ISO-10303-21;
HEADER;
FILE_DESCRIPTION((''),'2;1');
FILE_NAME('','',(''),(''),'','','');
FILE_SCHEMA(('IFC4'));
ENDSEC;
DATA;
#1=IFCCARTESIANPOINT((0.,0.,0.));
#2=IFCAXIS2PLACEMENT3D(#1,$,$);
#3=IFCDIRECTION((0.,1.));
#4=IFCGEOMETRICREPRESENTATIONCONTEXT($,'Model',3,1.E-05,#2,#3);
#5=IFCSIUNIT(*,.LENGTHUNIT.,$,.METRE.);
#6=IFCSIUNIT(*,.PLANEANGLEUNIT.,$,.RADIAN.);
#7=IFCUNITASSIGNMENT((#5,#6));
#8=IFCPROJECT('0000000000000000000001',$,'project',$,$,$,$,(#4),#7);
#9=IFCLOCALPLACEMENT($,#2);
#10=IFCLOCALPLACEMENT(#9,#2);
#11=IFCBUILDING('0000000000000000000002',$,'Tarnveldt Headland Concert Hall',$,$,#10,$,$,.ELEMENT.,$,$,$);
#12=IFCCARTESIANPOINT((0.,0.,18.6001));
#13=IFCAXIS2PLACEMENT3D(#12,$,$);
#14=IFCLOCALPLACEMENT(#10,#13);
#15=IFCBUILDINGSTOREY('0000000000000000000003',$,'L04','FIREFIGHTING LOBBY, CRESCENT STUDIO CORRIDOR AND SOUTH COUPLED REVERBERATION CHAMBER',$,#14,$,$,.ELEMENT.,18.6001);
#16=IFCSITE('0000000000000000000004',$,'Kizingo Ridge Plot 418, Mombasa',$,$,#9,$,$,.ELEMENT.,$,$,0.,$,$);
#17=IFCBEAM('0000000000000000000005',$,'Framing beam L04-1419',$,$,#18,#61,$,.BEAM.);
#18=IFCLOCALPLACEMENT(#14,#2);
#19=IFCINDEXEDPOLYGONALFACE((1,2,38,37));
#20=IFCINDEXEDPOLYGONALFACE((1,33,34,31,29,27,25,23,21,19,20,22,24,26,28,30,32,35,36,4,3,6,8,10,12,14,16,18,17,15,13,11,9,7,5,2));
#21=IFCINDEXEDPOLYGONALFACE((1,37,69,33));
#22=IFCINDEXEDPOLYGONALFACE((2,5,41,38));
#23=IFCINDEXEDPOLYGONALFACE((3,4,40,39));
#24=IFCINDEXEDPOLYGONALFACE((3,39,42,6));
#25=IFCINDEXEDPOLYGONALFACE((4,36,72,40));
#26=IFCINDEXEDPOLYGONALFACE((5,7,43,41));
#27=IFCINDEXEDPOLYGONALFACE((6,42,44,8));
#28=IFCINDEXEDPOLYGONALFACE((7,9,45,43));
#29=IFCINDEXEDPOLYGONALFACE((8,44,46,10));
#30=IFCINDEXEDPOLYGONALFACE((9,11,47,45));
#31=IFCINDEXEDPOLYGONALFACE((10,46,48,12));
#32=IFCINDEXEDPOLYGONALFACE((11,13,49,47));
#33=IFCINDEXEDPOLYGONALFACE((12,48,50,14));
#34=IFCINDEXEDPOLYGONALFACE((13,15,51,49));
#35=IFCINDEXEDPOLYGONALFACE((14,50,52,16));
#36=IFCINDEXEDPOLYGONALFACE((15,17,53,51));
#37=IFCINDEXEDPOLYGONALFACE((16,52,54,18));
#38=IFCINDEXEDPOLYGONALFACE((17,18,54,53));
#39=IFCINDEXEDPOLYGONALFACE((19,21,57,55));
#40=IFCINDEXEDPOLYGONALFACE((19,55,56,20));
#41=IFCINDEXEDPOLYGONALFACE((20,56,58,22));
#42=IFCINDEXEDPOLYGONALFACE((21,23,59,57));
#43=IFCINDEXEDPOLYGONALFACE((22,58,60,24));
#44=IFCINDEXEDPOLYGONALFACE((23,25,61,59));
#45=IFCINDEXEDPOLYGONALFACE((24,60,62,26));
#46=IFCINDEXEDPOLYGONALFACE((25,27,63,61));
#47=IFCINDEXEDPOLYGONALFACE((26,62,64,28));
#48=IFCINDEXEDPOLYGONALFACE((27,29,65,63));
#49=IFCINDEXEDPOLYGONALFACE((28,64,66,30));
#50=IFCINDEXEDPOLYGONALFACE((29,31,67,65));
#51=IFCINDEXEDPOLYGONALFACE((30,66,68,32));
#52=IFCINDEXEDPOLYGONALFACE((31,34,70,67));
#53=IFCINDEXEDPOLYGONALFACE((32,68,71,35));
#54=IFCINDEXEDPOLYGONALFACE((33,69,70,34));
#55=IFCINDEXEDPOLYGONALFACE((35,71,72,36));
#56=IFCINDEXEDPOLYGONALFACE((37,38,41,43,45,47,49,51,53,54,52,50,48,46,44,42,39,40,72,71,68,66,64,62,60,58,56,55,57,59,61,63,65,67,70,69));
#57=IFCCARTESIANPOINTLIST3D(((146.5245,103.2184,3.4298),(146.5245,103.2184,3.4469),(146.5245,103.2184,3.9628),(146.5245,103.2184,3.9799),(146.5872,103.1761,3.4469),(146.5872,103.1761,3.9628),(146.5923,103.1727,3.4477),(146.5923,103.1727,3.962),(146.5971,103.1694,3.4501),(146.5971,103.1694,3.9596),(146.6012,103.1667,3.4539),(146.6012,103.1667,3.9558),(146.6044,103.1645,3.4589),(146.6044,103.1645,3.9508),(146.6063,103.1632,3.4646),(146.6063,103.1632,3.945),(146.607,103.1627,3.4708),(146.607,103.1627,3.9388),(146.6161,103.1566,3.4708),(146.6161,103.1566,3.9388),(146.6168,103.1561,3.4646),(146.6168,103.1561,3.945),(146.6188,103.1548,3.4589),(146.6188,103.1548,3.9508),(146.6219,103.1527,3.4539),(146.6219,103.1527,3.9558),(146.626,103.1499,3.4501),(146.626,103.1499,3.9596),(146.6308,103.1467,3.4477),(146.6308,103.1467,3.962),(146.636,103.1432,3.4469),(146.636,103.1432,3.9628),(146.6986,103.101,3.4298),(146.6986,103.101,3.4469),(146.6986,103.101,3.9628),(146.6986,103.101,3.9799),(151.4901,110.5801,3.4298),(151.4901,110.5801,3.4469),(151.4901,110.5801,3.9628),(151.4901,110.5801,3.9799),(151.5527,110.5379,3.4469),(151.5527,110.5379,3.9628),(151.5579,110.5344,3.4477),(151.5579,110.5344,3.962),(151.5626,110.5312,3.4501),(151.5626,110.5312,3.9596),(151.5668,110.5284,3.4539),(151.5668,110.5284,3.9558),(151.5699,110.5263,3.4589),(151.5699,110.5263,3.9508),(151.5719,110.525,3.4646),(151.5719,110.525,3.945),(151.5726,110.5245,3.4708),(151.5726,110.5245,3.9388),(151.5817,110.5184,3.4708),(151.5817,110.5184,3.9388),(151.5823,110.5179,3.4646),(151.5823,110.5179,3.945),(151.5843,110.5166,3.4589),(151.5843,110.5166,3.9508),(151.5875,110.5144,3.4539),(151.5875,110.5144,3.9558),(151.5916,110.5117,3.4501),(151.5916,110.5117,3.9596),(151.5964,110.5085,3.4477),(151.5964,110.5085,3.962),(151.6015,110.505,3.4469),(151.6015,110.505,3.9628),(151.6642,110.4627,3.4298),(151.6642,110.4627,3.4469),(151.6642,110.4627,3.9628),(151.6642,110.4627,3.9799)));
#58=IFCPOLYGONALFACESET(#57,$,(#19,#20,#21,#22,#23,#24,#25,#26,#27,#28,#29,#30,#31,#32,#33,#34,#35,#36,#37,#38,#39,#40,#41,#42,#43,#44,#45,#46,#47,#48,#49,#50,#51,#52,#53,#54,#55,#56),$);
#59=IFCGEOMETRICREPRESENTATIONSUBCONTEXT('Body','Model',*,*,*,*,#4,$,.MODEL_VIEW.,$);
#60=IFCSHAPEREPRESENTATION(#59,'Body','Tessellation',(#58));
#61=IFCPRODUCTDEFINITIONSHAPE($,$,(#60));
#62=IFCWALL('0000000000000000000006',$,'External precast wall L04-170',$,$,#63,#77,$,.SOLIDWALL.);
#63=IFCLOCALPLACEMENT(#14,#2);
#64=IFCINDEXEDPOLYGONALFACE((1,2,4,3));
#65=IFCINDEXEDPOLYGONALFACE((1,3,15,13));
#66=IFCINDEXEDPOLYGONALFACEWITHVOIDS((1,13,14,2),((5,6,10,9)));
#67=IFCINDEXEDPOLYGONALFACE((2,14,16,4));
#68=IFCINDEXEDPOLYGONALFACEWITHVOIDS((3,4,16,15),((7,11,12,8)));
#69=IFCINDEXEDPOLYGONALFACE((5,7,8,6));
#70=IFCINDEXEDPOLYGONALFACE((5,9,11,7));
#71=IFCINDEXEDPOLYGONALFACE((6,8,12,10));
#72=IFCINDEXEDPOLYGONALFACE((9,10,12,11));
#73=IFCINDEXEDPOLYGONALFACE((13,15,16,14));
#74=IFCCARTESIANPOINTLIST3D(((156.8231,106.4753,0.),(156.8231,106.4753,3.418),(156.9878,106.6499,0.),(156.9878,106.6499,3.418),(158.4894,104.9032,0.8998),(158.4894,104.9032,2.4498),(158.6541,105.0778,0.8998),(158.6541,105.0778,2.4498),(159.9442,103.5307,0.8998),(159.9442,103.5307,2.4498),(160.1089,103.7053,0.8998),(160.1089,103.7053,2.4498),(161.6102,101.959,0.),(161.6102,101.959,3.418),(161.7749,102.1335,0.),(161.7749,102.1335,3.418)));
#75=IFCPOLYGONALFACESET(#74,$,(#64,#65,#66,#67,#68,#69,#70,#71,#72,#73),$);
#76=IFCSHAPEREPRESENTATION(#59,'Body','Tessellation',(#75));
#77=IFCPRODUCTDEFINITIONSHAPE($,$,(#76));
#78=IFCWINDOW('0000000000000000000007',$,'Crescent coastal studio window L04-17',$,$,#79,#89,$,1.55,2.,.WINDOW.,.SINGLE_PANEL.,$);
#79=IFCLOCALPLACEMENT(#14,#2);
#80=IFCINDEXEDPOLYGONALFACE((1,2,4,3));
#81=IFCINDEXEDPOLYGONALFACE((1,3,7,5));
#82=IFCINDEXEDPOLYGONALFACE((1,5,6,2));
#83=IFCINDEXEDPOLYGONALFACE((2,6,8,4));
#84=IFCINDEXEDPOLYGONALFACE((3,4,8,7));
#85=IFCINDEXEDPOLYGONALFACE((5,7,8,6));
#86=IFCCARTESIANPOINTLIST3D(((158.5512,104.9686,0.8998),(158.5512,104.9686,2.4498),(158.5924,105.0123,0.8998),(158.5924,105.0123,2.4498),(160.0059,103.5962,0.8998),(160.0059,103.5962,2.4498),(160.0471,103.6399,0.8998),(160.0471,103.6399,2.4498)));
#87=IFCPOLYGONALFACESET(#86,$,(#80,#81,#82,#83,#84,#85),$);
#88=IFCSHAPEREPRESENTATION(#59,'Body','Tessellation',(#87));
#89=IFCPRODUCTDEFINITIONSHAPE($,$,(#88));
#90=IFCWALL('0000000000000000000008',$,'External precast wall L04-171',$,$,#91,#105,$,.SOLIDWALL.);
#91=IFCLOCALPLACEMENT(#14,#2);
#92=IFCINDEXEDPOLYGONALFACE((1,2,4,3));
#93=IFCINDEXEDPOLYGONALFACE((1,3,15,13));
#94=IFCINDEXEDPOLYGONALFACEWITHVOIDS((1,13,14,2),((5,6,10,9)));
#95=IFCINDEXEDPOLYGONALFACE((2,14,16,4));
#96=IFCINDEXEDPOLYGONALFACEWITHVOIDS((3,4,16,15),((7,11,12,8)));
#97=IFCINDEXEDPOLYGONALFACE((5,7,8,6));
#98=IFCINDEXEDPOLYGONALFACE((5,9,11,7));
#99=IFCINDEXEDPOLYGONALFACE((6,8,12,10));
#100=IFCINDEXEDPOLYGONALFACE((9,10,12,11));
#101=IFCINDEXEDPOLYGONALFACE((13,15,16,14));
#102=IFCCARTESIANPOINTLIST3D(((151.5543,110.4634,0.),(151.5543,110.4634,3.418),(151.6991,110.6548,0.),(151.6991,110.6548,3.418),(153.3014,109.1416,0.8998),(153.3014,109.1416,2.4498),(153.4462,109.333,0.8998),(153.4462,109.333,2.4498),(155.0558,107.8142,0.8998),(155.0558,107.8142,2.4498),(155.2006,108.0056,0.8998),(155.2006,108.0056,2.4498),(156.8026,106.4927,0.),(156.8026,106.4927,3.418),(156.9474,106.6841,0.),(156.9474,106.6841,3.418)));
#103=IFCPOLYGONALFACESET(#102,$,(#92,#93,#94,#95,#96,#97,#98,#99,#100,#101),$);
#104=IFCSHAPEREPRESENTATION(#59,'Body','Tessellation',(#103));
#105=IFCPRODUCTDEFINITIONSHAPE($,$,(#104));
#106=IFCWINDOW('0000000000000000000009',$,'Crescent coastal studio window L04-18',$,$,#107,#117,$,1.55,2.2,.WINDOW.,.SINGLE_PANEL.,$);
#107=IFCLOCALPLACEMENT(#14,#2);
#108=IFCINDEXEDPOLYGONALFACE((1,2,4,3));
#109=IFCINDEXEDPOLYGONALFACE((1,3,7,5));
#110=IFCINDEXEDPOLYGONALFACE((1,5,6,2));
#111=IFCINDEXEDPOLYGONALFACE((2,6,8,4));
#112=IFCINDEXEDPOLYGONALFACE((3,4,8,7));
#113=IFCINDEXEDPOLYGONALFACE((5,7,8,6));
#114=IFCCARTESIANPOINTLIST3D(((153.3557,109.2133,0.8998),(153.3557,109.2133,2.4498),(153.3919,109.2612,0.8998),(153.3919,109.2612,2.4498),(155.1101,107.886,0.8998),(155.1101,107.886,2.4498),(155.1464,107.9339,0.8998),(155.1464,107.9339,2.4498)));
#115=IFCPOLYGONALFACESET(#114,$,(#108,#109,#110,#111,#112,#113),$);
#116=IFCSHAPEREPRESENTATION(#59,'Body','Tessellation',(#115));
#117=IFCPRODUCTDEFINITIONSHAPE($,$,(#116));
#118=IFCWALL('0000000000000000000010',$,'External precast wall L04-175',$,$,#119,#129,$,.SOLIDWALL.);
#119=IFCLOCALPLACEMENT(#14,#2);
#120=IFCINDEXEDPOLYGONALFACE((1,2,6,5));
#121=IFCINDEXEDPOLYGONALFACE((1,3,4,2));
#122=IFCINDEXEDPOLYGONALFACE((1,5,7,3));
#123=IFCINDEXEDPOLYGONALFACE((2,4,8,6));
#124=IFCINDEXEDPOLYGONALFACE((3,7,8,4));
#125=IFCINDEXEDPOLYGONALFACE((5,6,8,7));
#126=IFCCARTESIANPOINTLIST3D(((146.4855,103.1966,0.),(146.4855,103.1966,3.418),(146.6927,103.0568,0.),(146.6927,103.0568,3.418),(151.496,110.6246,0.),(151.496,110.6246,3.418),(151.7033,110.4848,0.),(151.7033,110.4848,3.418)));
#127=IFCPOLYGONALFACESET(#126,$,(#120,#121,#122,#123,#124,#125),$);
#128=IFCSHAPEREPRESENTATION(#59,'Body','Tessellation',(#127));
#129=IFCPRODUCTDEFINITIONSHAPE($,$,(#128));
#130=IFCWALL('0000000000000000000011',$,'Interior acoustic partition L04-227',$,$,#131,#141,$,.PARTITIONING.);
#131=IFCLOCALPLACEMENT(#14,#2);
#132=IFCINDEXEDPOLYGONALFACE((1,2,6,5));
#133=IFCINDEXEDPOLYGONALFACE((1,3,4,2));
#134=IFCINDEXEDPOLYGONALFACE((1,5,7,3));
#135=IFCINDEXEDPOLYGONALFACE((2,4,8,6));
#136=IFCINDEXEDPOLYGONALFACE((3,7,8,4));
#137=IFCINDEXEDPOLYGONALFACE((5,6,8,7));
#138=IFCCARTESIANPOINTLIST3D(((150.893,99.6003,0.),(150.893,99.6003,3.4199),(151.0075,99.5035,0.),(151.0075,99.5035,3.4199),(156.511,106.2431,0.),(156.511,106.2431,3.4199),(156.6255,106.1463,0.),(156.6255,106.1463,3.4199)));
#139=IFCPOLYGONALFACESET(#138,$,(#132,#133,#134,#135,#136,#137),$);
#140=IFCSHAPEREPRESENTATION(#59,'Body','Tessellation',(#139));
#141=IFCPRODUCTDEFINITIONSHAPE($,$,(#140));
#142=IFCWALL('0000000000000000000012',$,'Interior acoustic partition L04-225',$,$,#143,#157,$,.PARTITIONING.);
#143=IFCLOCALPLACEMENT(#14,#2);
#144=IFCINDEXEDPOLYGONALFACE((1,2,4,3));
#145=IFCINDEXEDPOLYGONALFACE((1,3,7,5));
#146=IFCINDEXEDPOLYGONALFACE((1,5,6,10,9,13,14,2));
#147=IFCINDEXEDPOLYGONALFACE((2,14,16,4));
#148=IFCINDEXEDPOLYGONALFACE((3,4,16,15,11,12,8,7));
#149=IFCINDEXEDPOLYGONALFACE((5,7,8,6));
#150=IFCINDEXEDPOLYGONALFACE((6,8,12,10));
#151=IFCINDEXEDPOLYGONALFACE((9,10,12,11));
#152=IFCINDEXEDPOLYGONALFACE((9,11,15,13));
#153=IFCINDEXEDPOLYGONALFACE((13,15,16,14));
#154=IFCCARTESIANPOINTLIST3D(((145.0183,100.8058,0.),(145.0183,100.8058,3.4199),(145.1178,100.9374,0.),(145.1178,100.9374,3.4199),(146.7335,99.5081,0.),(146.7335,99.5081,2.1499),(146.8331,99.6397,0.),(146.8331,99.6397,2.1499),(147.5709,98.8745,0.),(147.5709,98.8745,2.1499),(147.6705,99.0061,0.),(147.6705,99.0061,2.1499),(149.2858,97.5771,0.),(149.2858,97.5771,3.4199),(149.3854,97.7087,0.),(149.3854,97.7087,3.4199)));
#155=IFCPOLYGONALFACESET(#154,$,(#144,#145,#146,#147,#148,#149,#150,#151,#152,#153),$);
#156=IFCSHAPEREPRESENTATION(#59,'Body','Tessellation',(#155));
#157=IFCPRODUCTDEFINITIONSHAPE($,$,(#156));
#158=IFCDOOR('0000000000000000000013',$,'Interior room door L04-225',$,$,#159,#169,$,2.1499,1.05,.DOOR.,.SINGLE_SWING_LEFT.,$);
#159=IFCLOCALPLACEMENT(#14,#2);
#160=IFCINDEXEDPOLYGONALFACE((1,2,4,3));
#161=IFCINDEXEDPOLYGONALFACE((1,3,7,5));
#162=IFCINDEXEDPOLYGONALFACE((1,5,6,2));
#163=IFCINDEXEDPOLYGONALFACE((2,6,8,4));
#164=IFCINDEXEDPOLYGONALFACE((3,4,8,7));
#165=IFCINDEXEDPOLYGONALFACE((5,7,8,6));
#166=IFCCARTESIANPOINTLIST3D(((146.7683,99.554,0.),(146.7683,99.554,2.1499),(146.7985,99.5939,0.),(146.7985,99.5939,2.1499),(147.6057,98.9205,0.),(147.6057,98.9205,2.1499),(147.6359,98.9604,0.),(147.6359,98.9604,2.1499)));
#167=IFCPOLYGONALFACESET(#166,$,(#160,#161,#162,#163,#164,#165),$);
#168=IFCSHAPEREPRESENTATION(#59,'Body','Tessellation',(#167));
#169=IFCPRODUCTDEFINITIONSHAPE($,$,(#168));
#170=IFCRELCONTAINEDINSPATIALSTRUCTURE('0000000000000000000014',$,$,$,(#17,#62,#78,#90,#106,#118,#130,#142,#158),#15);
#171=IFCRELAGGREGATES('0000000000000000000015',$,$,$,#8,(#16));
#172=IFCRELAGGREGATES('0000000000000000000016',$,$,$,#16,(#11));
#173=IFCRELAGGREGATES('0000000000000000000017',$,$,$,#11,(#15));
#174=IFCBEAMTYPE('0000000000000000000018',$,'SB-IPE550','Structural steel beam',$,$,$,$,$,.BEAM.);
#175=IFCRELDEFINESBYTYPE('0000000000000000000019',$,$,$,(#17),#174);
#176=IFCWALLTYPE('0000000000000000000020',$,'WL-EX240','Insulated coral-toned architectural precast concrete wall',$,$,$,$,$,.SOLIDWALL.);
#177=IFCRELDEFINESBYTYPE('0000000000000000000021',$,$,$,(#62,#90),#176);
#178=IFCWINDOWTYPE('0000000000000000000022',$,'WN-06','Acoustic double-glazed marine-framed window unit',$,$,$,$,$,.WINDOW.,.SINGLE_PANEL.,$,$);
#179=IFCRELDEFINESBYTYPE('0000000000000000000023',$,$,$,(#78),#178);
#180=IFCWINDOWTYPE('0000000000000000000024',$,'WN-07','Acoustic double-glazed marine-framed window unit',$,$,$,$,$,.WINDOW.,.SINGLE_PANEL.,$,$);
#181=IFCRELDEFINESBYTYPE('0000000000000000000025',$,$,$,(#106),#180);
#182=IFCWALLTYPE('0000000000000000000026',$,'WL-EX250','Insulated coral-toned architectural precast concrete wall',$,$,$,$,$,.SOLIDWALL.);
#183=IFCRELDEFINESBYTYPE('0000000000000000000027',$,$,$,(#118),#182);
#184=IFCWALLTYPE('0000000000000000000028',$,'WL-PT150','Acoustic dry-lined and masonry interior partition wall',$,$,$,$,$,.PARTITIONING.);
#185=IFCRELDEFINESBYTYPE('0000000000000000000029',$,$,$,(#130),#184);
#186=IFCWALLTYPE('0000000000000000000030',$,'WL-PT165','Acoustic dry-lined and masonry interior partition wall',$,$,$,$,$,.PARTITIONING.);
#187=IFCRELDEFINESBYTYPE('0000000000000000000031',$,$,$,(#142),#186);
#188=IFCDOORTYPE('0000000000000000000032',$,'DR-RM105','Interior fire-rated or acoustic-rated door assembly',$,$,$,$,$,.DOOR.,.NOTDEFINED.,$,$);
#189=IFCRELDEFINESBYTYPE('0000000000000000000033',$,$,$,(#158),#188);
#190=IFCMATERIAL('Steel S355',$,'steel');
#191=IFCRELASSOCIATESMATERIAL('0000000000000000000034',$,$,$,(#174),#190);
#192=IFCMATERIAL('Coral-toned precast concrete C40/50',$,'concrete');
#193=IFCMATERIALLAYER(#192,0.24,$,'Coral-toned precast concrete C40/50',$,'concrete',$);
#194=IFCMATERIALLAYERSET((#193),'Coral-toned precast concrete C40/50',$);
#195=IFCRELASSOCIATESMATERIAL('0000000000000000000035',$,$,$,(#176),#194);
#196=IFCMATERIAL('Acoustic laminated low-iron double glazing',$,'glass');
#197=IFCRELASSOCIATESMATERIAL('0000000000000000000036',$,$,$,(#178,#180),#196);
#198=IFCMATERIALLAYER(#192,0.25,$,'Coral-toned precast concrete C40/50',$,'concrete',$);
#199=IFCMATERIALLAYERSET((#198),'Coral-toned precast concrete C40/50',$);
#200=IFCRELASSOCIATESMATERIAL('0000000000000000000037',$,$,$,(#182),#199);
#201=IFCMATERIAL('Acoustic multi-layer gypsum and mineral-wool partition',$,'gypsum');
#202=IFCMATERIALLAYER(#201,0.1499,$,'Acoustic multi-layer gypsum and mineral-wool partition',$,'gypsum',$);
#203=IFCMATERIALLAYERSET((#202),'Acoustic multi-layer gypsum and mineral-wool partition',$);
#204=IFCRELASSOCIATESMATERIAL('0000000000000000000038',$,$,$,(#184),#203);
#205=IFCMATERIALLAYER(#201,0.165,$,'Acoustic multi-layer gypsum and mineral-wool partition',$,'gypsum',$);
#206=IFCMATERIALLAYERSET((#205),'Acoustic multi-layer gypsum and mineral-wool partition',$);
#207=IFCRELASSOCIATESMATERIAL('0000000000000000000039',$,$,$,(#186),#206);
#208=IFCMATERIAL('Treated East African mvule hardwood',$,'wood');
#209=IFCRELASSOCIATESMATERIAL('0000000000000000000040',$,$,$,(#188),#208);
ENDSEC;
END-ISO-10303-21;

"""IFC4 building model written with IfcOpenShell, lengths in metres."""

from ifc_helpers import new_model, si_unit, direction, frame, frame_2d, origin, origin_2d, place, context, subcontext, project, spatial, rectangle, i_section, extrude, material, layer, layer_set, material_profile, profile_set, type_object, element, fill, save


model = new_model("IFC4")

# Units and contexts
model_context = context("Model", 3, precision=1e-05, world=origin(), true_north=direction((0.0, 1.0)))
body_context = subcontext(model_context, "Body", "Model", "MODEL_VIEW")
ifc_project = project(units=[si_unit("LENGTHUNIT", "METRE"), si_unit("PLANEANGLEUNIT", "RADIAN")], contexts=[model_context])

# Site, building, storey
site_placement = place(None, origin())
site = spatial("IfcSite", under=ifc_project, at=site_placement, Name="Kizingo Ridge Plot 418, Mombasa", CompositionType="ELEMENT", RefElevation=0.0)
building_placement = place(site_placement, origin())
building = spatial("IfcBuilding", under=site, at=building_placement, Name="Tarnveldt Headland Concert Hall", CompositionType="ELEMENT")
storey_placement = place(building_placement, frame((0.0, 0.0, 18.6001)))
storey = spatial("IfcBuildingStorey", under=building, at=storey_placement, Name="L04", Description="FIREFIGHTING LOBBY, CRESCENT STUDIO CORRIDOR AND SOUTH COUPLED REVERBERATION CHAMBER", CompositionType="ELEMENT", Elevation=18.6001)

# Shared definitions
ifc_material_1 = material(Name="Steel S355", Category="steel")

# Beam
ifc_material_profile_1 = material_profile(ifc_material_1, i_section(OverallWidth=0.21, OverallDepth=0.55, WebThickness=0.011, FlangeThickness=0.0171, FilletRadius=0.0239, at=origin_2d()), Name="IPE550", Category="steel")
ifc_profile_set_1 = profile_set([ifc_material_profile_1], Name="Steel S355")
beam_type_1 = type_object("IfcBeamType", Name="SB-IPE550", Description="Structural steel beam", PredefinedType="BEAM", material=ifc_profile_set_1)
beam_1_placement = place(storey_placement, frame((146.6116, 103.1597, 3.7048), z_axis=(0.55919, 0.829039, 0.0), x_axis=(-0.829039, 0.55919, 0.0)))
element("IfcBeam", 1, at=beam_1_placement, inside=storey, type_object=beam_type_1, Name="Framing beam L04-1419", PredefinedType="BEAM", context=body_context, shape_type="SweptSolid", body=[
    extrude(i_section(OverallWidth=0.21, OverallDepth=0.55, WebThickness=0.011, FlangeThickness=0.0171, FilletRadius=0.0239, at=origin_2d()), origin(), (0.0, 0.0, 1.0), 8.8799),
])

# Walls, openings, windows
ifc_material_2 = material(Name="Coral-toned precast concrete C40/50", Category="concrete")
ifc_layer_1 = layer(ifc_material_2, 0.24, Name="Coral-toned precast concrete C40/50", Category="concrete")
ifc_layer_set_1 = layer_set([ifc_layer_1], Name="Coral-toned precast concrete C40/50")
wall_type_1 = type_object("IfcWallType", Name="WL-EX240", Description="Insulated coral-toned architectural precast concrete wall", PredefinedType="SOLIDWALL", material=ifc_layer_set_1)
wall_1_placement = place(storey_placement, frame((156.9055, 106.5625, 0.0), z_axis=(0.0, 0.0, 1.0), x_axis=(0.727377, -0.686238, 0.0)))
wall_1 = element("IfcWall", 2, at=wall_1_placement, inside=storey, type_object=wall_type_1, Name="External precast wall L04-170", PredefinedType="SOLIDWALL", context=body_context, shape_type="SweptSolid", body=[
    extrude(rectangle(XDim=6.5813, YDim=0.24, at=frame_2d((3.2905, 0.0))), origin(), (0.0, 0.0, 1.0), 3.418),
])
opening_1_placement = place(wall_1_placement, frame((2.2908, 0.0, 0.8999)))
opening_1 = element("IfcOpeningElement", 3, at=opening_1_placement, cuts=wall_1, PredefinedType="OPENING", context=body_context, shape_type="SweptSolid", body=[
    extrude(rectangle(XDim=2.0, YDim=1.55, at=frame_2d((1.0, 0.7749))), frame((0.0, 0.1299, 0.0), z_axis=(0.0, -1.0, 0.0), x_axis=(1.0, 0.0, 0.0)), (0.0, 0.0, 1.0), 0.26),
])
ifc_material_3 = material(Name="Acoustic laminated low-iron double glazing", Category="glass")
window_type_1 = type_object("IfcWindowType", Name="WN-06", Description="Acoustic double-glazed marine-framed window unit", PartitioningType="SINGLE_PANEL", PredefinedType="WINDOW", material=ifc_material_3)
window_1_placement = place(opening_1_placement, origin())
window_1 = element("IfcWindow", 4, at=window_1_placement, inside=storey, type_object=window_type_1, Name="Crescent coastal studio window L04-17", OverallHeight=1.55, OverallWidth=2.0, PartitioningType="SINGLE_PANEL", PredefinedType="WINDOW", context=body_context, shape_type="SweptSolid", body=[
    extrude(rectangle(XDim=2.0, YDim=1.55, at=frame_2d((1.0, 0.7749))), frame((0.0, 0.03, 0.0), z_axis=(0.0, -1.0, 0.0), x_axis=(1.0, 0.0, 0.0)), (0.0, 0.0, 1.0), 0.0601),
])
fill(opening_1, window_1)
wall_2_placement = place(storey_placement, frame((151.6267, 110.5591, 0.0), z_axis=(0.0, 0.0, 1.0), x_axis=(0.797478, -0.603348, 0.0)))
wall_2 = element("IfcWall", 5, at=wall_2_placement, inside=storey, type_object=wall_type_1, Name="External precast wall L04-171", PredefinedType="SOLIDWALL", context=body_context, shape_type="SweptSolid", body=[
    extrude(rectangle(XDim=6.5811, YDim=0.24, at=frame_2d((3.2905, 0.0))), origin(), (0.0, 0.0, 1.0), 3.418),
])
opening_2_placement = place(wall_2_placement, frame((2.1907, 0.0, 0.8999)))
opening_2 = element("IfcOpeningElement", 6, at=opening_2_placement, cuts=wall_2, PredefinedType="OPENING", context=body_context, shape_type="SweptSolid", body=[
    extrude(rectangle(XDim=2.2, YDim=1.55, at=frame_2d((1.1001, 0.7749))), frame((0.0, 0.1299, 0.0), z_axis=(0.0, -1.0, 0.0), x_axis=(1.0, 0.0, 0.0)), (0.0, 0.0, 1.0), 0.26),
])
window_type_2 = type_object("IfcWindowType", Name="WN-07", Description="Acoustic double-glazed marine-framed window unit", PartitioningType="SINGLE_PANEL", PredefinedType="WINDOW", material=ifc_material_3)
window_2_placement = place(opening_2_placement, origin())
window_2 = element("IfcWindow", 7, at=window_2_placement, inside=storey, type_object=window_type_2, Name="Crescent coastal studio window L04-18", OverallHeight=1.55, OverallWidth=2.2, PartitioningType="SINGLE_PANEL", PredefinedType="WINDOW", context=body_context, shape_type="SweptSolid", body=[
    extrude(rectangle(XDim=2.2, YDim=1.55, at=frame_2d((1.1001, 0.7749))), frame((0.0, 0.03, 0.0), z_axis=(0.0, -1.0, 0.0), x_axis=(1.0, 0.0, 0.0)), (0.0, 0.0, 1.0), 0.0601),
])
fill(opening_2, window_2)

# Walls
ifc_layer_2 = layer(ifc_material_2, 0.25, Name="Coral-toned precast concrete C40/50", Category="concrete")
ifc_layer_set_2 = layer_set([ifc_layer_2], Name="Coral-toned precast concrete C40/50")
wall_type_2 = type_object("IfcWallType", Name="WL-EX250", Description="Insulated coral-toned architectural precast concrete wall", PredefinedType="SOLIDWALL", material=ifc_layer_set_2)
wall_3_placement = place(storey_placement, frame((146.5891, 103.1267, 0.0), z_axis=(0.0, 0.0, 1.0), x_axis=(0.559213, 0.829024, 0.0)))
element("IfcWall", 8, at=wall_3_placement, inside=storey, type_object=wall_type_2, Name="External precast wall L04-175", PredefinedType="SOLIDWALL", context=body_context, shape_type="SweptSolid", body=[
    extrude(rectangle(XDim=8.96, YDim=0.25, at=frame_2d((4.48, 0.0))), origin(), (0.0, 0.0, 1.0), 3.418),
])
ifc_material_4 = material(Name="Acoustic multi-layer gypsum and mineral-wool partition", Category="gypsum")
ifc_layer_3 = layer(ifc_material_4, 0.1499, Name="Acoustic multi-layer gypsum and mineral-wool partition", Category="gypsum")
ifc_layer_set_3 = layer_set([ifc_layer_3], Name="Acoustic multi-layer gypsum and mineral-wool partition")
wall_type_3 = type_object("IfcWallType", Name="WL-PT150", Description="Acoustic dry-lined and masonry interior partition wall", PredefinedType="PARTITIONING", material=ifc_layer_set_3)
wall_4_placement = place(storey_placement, frame((150.9502, 99.5518, 0.0), z_axis=(0.0, 0.0, 1.0), x_axis=(0.645746, 0.763552, 0.0)))
element("IfcWall", 9, at=wall_4_placement, inside=storey, type_object=wall_type_3, Name="Interior acoustic partition L04-227", PredefinedType="PARTITIONING", context=body_context, shape_type="SweptSolid", body=[
    extrude(rectangle(XDim=8.7, YDim=0.1499, at=frame_2d((4.3501, 0.0))), origin(), (0.0, 0.0, 1.0), 3.4199),
])

# Wall, opening, door
ifc_layer_4 = layer(ifc_material_4, 0.165, Name="Acoustic multi-layer gypsum and mineral-wool partition", Category="gypsum")
ifc_layer_set_4 = layer_set([ifc_layer_4], Name="Acoustic multi-layer gypsum and mineral-wool partition")
wall_type_4 = type_object("IfcWallType", Name="WL-PT165", Description="Acoustic dry-lined and masonry interior partition wall", PredefinedType="PARTITIONING", material=ifc_layer_set_4)
wall_5_placement = place(storey_placement, frame((149.3357, 97.6428, 0.0), z_axis=(0.0, 0.0, 1.0), x_axis=(-0.797475, 0.603353, 0.0)))
wall_5 = element("IfcWall", 10, at=wall_5_placement, inside=storey, type_object=wall_type_4, Name="Interior acoustic partition L04-225", PredefinedType="PARTITIONING", context=body_context, shape_type="SweptSolid", body=[
    extrude(rectangle(XDim=5.3513, YDim=0.165, at=frame_2d((2.6758, 0.0))), origin(), (0.0, 0.0, 1.0), 3.4199),
])
opening_3_placement = place(wall_5_placement, frame((2.1506, 0.0, 0.0)))
opening_3 = element("IfcOpeningElement", 11, at=opening_3_placement, cuts=wall_5, PredefinedType="OPENING", context=body_context, shape_type="SweptSolid", body=[
    extrude(rectangle(XDim=1.05, YDim=2.1499, at=frame_2d((0.5249, 1.075))), frame((0.0, 0.0925, 0.0), z_axis=(0.0, -1.0, 0.0), x_axis=(1.0, 0.0, 0.0)), (0.0, 0.0, 1.0), 0.1851),
])
ifc_material_5 = material(Name="Treated East African mvule hardwood", Category="wood")
door_type_1 = type_object("IfcDoorType", Name="DR-RM105", Description="Interior fire-rated or acoustic-rated door assembly", OperationType="NOTDEFINED", PredefinedType="DOOR", material=ifc_material_5)
door_1_placement = place(opening_3_placement, origin())
door_1 = element("IfcDoor", 12, at=door_1_placement, inside=storey, type_object=door_type_1, Name="Interior room door L04-225", OperationType="SINGLE_SWING_LEFT", OverallHeight=2.1499, OverallWidth=1.05, PredefinedType="DOOR", context=body_context, shape_type="SweptSolid", body=[
    extrude(rectangle(XDim=1.05, YDim=2.1499, at=frame_2d((0.5249, 1.075))), frame((0.0, 0.0249, 0.0), z_axis=(0.0, -1.0, 0.0), x_axis=(1.0, 0.0, 0.0)), (0.0, 0.0, 1.0), 0.05),
])
fill(opening_3, door_1)

save(model, "model.ifc")
